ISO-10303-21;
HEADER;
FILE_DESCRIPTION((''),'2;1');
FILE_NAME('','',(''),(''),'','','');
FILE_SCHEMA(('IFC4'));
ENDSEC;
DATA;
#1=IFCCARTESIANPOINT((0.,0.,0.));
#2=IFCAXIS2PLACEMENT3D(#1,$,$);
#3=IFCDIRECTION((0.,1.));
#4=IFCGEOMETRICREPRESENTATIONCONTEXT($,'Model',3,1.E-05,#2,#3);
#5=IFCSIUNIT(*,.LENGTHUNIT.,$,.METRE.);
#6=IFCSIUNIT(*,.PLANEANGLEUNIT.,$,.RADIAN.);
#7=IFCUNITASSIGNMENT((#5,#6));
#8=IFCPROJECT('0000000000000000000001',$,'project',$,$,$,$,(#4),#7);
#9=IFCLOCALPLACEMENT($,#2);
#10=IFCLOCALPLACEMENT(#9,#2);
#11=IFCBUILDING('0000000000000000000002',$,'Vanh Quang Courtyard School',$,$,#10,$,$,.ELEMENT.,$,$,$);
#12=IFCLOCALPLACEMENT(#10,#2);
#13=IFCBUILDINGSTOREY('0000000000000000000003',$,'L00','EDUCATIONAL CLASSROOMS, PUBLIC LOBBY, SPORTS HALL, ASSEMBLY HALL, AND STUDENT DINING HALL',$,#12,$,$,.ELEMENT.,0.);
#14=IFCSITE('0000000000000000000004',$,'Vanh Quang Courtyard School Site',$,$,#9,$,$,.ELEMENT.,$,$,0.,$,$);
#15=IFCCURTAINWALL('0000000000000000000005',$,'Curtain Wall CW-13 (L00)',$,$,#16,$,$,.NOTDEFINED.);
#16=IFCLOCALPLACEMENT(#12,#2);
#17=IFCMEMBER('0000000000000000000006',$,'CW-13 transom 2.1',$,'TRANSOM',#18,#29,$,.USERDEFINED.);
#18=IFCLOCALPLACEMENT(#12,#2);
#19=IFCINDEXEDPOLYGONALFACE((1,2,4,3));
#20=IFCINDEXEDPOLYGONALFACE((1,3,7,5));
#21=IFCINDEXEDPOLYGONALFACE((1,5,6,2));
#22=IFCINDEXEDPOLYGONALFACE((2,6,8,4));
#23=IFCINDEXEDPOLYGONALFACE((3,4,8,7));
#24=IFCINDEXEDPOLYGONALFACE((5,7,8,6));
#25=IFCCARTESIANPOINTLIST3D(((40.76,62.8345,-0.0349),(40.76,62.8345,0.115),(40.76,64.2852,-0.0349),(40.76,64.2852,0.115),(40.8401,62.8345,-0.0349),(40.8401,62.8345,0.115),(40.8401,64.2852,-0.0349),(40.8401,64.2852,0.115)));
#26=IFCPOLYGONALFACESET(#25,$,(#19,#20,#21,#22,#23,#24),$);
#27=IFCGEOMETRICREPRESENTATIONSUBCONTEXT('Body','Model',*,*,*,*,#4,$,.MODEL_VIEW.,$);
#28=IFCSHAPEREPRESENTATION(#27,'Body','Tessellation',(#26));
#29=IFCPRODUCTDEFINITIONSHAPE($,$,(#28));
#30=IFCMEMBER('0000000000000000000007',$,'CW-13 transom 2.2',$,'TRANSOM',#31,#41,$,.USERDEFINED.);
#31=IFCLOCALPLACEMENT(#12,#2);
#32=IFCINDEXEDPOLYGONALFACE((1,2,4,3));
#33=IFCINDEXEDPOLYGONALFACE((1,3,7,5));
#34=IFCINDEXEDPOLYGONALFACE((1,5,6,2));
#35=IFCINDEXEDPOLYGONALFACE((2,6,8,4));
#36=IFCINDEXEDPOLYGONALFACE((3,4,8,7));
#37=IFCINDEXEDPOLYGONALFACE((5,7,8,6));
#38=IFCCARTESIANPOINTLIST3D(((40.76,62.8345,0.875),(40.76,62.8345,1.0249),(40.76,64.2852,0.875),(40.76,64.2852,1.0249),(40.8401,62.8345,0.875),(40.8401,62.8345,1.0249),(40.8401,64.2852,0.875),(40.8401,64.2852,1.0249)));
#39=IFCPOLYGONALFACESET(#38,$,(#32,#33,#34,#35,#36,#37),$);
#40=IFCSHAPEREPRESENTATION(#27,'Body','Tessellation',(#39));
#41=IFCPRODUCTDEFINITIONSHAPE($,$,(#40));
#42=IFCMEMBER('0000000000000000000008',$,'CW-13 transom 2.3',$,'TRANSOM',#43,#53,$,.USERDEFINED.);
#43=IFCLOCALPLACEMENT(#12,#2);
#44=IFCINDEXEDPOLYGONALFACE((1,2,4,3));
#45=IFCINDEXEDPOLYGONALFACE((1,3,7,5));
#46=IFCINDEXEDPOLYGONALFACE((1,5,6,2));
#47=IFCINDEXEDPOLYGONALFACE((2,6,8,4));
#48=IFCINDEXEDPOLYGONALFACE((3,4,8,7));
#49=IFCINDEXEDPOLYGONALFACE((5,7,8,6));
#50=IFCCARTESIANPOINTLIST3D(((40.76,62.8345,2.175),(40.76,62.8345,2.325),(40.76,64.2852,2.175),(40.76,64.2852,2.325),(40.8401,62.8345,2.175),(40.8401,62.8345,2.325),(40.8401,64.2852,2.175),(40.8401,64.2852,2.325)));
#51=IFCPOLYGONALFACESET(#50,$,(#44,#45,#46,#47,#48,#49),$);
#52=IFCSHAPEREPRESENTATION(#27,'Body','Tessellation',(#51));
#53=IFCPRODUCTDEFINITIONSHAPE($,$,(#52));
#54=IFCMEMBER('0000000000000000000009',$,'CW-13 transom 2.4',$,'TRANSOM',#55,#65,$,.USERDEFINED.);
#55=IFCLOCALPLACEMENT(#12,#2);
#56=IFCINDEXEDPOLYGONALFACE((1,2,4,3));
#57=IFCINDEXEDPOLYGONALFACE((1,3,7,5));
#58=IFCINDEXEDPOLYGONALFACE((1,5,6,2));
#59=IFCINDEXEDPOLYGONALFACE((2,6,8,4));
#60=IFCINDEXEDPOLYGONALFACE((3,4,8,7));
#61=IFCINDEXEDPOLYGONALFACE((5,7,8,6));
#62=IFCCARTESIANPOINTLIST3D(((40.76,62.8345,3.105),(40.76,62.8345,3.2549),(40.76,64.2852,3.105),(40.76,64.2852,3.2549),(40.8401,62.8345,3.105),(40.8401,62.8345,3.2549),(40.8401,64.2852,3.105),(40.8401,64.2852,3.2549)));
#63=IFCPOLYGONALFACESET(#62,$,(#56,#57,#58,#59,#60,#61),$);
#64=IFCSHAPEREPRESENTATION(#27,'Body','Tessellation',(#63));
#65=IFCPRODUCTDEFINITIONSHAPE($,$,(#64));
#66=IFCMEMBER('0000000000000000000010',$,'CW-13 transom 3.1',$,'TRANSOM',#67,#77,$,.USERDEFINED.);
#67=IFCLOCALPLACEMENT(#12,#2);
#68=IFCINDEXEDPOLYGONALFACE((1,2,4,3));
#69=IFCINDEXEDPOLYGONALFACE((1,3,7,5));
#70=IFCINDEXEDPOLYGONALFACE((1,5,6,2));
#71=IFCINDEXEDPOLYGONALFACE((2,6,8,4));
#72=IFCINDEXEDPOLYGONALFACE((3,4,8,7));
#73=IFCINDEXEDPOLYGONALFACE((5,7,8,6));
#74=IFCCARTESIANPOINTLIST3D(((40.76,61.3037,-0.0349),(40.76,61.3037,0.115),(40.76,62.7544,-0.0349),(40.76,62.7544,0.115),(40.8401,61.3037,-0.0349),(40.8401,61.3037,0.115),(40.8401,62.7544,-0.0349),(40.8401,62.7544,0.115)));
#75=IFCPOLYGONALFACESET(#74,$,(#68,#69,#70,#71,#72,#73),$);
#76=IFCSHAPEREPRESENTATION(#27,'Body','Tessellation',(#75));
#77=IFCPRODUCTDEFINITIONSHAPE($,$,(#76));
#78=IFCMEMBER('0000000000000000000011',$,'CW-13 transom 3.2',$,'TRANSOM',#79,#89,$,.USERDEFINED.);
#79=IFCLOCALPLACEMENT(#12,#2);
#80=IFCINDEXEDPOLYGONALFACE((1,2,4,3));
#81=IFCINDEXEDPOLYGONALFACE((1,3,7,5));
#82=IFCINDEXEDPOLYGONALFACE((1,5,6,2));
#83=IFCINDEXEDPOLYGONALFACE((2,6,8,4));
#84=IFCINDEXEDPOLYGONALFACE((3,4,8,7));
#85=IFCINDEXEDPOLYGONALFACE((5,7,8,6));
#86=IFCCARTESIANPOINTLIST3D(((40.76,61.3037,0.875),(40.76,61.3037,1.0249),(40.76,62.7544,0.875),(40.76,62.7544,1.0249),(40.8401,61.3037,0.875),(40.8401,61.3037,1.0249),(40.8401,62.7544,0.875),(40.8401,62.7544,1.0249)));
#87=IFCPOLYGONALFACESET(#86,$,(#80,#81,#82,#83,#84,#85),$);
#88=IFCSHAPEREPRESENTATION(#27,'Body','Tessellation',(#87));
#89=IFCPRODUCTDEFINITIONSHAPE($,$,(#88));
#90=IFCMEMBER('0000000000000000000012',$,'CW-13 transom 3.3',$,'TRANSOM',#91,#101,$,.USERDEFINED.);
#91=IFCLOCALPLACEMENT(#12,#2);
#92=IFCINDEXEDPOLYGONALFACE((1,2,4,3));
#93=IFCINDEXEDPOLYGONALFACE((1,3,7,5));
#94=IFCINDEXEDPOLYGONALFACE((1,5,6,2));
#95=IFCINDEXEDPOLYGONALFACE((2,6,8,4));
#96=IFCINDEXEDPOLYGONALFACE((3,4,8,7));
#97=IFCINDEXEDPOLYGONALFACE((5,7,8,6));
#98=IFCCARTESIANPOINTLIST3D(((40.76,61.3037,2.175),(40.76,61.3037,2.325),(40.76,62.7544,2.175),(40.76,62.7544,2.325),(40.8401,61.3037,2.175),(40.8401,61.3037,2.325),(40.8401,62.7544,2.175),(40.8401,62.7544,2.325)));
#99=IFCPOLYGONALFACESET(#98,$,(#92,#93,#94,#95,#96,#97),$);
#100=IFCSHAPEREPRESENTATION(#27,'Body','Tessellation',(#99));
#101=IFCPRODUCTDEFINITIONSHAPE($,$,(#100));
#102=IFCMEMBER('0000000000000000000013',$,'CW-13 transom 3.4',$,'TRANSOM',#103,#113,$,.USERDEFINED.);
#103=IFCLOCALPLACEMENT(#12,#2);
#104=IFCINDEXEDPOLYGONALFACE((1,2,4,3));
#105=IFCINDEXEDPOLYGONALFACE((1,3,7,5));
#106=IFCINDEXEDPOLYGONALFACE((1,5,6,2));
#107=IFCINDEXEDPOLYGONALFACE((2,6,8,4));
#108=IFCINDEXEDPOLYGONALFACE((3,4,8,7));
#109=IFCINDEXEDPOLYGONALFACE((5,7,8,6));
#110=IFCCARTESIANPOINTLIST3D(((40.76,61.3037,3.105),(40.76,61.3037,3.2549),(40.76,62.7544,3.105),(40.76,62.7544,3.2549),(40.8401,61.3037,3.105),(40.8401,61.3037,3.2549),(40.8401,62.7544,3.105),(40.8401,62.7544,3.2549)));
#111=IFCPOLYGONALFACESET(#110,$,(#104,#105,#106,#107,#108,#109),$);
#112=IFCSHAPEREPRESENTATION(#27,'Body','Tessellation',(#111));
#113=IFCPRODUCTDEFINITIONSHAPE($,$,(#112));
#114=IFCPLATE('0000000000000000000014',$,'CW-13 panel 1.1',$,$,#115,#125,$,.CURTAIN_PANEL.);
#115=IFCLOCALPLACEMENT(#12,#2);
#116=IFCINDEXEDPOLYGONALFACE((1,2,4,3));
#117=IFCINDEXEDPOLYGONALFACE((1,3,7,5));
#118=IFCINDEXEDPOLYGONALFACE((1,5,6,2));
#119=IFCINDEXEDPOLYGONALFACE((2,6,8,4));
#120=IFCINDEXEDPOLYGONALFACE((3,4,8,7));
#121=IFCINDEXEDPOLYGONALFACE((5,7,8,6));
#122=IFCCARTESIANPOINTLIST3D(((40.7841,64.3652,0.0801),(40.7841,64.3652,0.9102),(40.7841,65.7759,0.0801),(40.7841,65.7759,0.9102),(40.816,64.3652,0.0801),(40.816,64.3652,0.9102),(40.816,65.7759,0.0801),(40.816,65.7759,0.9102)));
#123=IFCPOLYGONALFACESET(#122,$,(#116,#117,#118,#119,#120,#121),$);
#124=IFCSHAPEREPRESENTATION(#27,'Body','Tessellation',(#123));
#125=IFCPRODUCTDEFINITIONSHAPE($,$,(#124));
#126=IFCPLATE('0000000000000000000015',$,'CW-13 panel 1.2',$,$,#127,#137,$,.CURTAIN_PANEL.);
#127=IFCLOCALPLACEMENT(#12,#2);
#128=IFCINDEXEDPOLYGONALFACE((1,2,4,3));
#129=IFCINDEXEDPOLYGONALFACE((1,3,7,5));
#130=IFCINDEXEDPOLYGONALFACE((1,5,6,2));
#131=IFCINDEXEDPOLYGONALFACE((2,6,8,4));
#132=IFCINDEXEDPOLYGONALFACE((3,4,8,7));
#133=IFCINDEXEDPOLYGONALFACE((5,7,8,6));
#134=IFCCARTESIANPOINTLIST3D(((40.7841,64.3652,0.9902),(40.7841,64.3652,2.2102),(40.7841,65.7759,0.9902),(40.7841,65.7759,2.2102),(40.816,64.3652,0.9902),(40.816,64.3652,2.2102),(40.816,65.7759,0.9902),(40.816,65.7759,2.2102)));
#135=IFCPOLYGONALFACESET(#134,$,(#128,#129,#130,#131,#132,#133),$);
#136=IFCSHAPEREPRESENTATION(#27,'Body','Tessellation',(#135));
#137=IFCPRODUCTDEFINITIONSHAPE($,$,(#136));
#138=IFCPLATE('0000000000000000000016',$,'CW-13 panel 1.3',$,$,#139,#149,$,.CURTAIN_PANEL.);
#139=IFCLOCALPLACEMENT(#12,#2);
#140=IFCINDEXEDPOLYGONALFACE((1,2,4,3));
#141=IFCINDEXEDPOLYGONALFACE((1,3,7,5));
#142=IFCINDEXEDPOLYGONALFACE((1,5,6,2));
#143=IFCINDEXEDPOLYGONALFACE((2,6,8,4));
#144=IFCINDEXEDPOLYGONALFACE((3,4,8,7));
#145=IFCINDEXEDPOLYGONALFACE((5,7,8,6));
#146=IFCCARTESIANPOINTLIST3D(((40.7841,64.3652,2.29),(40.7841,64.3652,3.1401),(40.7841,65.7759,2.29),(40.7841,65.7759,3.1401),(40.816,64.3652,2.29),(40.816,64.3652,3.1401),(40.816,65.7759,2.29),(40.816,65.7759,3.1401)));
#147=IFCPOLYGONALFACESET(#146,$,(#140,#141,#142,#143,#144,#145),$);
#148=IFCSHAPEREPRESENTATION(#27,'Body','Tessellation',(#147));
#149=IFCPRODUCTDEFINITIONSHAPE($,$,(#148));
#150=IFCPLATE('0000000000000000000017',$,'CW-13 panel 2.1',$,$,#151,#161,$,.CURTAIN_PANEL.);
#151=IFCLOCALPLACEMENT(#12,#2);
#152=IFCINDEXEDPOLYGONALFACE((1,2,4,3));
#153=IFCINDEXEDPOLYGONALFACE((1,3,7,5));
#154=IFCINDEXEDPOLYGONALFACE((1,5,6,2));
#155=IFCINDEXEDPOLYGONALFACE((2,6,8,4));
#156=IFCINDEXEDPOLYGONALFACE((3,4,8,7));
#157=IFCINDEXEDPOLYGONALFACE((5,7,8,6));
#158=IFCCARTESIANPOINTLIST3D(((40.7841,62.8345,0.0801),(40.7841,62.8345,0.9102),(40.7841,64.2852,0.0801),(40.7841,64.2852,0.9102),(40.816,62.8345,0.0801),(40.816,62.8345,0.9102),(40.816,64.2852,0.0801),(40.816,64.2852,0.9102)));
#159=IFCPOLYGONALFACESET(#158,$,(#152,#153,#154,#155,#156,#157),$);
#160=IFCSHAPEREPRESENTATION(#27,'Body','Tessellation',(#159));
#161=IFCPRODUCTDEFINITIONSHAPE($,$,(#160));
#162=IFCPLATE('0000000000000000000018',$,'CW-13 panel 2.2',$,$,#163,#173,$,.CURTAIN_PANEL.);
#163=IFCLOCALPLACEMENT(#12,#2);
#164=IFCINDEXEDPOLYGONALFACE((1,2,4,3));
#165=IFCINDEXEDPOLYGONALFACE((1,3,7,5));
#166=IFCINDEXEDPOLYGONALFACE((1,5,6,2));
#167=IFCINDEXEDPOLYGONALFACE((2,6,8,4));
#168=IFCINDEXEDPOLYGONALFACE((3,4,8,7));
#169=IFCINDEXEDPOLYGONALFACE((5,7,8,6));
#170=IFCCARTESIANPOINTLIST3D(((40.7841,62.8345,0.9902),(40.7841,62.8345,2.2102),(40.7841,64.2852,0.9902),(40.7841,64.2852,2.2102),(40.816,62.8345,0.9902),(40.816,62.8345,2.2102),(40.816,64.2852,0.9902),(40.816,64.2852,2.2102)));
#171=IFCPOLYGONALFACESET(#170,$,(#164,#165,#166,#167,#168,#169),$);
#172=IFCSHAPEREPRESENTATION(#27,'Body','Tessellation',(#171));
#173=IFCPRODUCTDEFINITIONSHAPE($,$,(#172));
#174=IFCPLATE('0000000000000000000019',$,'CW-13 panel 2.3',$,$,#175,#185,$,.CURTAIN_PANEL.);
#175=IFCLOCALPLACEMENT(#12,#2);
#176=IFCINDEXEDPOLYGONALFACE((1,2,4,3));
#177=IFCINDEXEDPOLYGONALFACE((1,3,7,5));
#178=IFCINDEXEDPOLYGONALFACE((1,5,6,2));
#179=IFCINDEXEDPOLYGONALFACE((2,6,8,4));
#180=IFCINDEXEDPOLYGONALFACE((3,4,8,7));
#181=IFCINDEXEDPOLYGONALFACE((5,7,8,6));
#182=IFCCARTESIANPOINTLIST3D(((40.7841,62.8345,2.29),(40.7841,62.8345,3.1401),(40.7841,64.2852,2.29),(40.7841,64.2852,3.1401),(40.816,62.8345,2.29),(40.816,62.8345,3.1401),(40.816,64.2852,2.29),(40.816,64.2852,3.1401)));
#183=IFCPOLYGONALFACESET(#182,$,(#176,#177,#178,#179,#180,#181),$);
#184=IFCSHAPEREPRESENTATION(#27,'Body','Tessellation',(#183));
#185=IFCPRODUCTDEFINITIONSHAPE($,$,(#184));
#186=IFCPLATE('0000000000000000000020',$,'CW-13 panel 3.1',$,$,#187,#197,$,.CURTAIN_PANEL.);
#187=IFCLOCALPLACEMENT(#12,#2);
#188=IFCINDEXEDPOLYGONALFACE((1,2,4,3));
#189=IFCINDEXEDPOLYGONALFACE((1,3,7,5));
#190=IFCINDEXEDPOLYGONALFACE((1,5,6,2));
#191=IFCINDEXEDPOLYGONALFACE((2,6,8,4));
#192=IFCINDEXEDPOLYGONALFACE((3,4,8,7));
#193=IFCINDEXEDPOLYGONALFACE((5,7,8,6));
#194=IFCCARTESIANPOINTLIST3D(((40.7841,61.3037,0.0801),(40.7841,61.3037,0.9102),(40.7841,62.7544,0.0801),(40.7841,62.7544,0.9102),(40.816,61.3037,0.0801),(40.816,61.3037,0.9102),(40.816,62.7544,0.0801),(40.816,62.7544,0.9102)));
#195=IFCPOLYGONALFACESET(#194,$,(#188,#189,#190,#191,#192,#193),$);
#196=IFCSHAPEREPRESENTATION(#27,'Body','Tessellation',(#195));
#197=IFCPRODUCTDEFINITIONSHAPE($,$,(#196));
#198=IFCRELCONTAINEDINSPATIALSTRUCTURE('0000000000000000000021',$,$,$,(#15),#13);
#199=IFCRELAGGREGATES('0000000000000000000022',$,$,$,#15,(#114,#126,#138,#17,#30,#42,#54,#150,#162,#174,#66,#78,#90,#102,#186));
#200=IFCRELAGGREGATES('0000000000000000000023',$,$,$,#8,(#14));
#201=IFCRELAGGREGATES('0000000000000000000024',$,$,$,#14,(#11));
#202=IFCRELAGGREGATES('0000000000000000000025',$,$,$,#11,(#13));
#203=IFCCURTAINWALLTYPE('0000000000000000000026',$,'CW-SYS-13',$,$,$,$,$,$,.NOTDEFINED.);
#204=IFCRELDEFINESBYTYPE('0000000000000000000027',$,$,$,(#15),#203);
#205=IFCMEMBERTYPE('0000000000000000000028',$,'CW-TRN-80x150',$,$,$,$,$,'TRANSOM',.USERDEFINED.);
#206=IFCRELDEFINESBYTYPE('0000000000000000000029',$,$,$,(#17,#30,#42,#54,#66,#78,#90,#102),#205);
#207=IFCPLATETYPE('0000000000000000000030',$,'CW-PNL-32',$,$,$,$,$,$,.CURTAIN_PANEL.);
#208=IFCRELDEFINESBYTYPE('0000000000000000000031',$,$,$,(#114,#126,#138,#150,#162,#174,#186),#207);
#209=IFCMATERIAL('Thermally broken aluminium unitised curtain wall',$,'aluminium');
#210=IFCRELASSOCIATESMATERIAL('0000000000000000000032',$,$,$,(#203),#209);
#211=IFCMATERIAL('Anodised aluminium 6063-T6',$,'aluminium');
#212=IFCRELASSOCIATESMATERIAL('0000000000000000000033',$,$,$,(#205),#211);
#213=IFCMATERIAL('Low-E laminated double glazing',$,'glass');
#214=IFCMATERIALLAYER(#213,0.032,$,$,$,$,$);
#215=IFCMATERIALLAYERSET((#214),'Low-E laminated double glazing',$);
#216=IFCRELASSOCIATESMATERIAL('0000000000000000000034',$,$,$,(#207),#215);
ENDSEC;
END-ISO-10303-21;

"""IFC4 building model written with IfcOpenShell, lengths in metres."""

from ifc_helpers import new_model, si_unit, direction, frame, origin, origin_2d, place, context, subcontext, project, spatial, rectangle, extrude, material, layer, layer_set, material_profile, profile_set, type_object, element, aggregate, save


model = new_model("IFC4")

# Units and contexts
model_context = context("Model", 3, precision=1e-05, world=origin(), true_north=direction((0.0, 1.0)))
body_context = subcontext(model_context, "Body", "Model", "MODEL_VIEW")
ifc_project = project(units=[si_unit("LENGTHUNIT", "METRE"), si_unit("PLANEANGLEUNIT", "RADIAN")], contexts=[model_context])

# Site, building, storey
site_placement = place(None, origin())
site = spatial("IfcSite", under=ifc_project, at=site_placement, Name="Vanh Quang Courtyard School Site", CompositionType="ELEMENT", RefElevation=0.0)
building_placement = place(site_placement, origin())
building = spatial("IfcBuilding", under=site, at=building_placement, Name="Vanh Quang Courtyard School", CompositionType="ELEMENT")
storey_placement = place(building_placement, origin())
storey = spatial("IfcBuildingStorey", under=building, at=storey_placement, Name="L00", Description="EDUCATIONAL CLASSROOMS, PUBLIC LOBBY, SPORTS HALL, ASSEMBLY HALL, AND STUDENT DINING HALL", CompositionType="ELEMENT", Elevation=0.0)

# Curtain wall, members, plates
ifc_material_1 = material(Name="Thermally broken aluminium unitised curtain wall", Category="aluminium")
curtain_wall_type = type_object("IfcCurtainWallType", Name="CW-SYS-13", PredefinedType="NOTDEFINED", material=ifc_material_1)
curtain_wall_placement = place(storey_placement, origin())
curtain_wall = element("IfcCurtainWall", 1, at=curtain_wall_placement, inside=storey, type_object=curtain_wall_type, Name="Curtain Wall CW-13 (L00)", PredefinedType="NOTDEFINED")
ifc_material_2 = material(Name="Anodised aluminium 6063-T6", Category="aluminium")
ifc_material_profile_1 = material_profile(ifc_material_2, rectangle(XDim=0.0801, YDim=0.1499, at=origin_2d()), Name="ALU-TRN 80x150")
ifc_profile_set_1 = profile_set([ifc_material_profile_1], Name="Anodised aluminium 6063-T6")
member_type_1 = type_object("IfcMemberType", Name="CW-TRN-80x150", ElementType="TRANSOM", PredefinedType="USERDEFINED", material=ifc_profile_set_1)
member_1_placement = place(storey_placement, frame((40.8, 64.2852, 0.04), z_axis=(0.0, -1.0, 0.0), x_axis=(1.0, 0.0, 0.0)))
member_1 = element("IfcMember", 2, at=member_1_placement, type_object=member_type_1, Name="CW-13 transom 2.1", ObjectType="TRANSOM", PredefinedType="USERDEFINED", context=body_context, shape_type="SweptSolid", body=[
    extrude(rectangle(XDim=0.0801, YDim=0.1499, at=origin_2d()), origin(), (0.0, 0.0, 1.0), 1.4507),
])
member_2_placement = place(storey_placement, frame((40.8, 64.2852, 0.95), z_axis=(0.0, -1.0, 0.0), x_axis=(1.0, 0.0, 0.0)))
member_2 = element("IfcMember", 3, at=member_2_placement, type_object=member_type_1, Name="CW-13 transom 2.2", ObjectType="TRANSOM", PredefinedType="USERDEFINED", context=body_context, shape_type="SweptSolid", body=[
    extrude(rectangle(XDim=0.0801, YDim=0.1499, at=origin_2d()), origin(), (0.0, 0.0, 1.0), 1.4507),
])
member_3_placement = place(storey_placement, frame((40.8, 64.2852, 2.25), z_axis=(0.0, -1.0, 0.0), x_axis=(1.0, 0.0, 0.0)))
member_3 = element("IfcMember", 4, at=member_3_placement, type_object=member_type_1, Name="CW-13 transom 2.3", ObjectType="TRANSOM", PredefinedType="USERDEFINED", context=body_context, shape_type="SweptSolid", body=[
    extrude(rectangle(XDim=0.0801, YDim=0.1499, at=origin_2d()), origin(), (0.0, 0.0, 1.0), 1.4507),
])
member_4_placement = place(storey_placement, frame((40.8, 64.2852, 3.1799), z_axis=(0.0, -1.0, 0.0), x_axis=(1.0, 0.0, 0.0)))
member_4 = element("IfcMember", 5, at=member_4_placement, type_object=member_type_1, Name="CW-13 transom 2.4", ObjectType="TRANSOM", PredefinedType="USERDEFINED", context=body_context, shape_type="SweptSolid", body=[
    extrude(rectangle(XDim=0.0801, YDim=0.1499, at=origin_2d()), origin(), (0.0, 0.0, 1.0), 1.4507),
])
member_5_placement = place(storey_placement, frame((40.8, 62.7544, 0.04), z_axis=(0.0, -1.0, 0.0), x_axis=(1.0, 0.0, 0.0)))
member_5 = element("IfcMember", 6, at=member_5_placement, type_object=member_type_1, Name="CW-13 transom 3.1", ObjectType="TRANSOM", PredefinedType="USERDEFINED", context=body_context, shape_type="SweptSolid", body=[
    extrude(rectangle(XDim=0.0801, YDim=0.1499, at=origin_2d()), origin(), (0.0, 0.0, 1.0), 1.4507),
])
member_6_placement = place(storey_placement, frame((40.8, 62.7544, 0.95), z_axis=(0.0, -1.0, 0.0), x_axis=(1.0, 0.0, 0.0)))
member_6 = element("IfcMember", 7, at=member_6_placement, type_object=member_type_1, Name="CW-13 transom 3.2", ObjectType="TRANSOM", PredefinedType="USERDEFINED", context=body_context, shape_type="SweptSolid", body=[
    extrude(rectangle(XDim=0.0801, YDim=0.1499, at=origin_2d()), origin(), (0.0, 0.0, 1.0), 1.4507),
])
member_7_placement = place(storey_placement, frame((40.8, 62.7544, 2.25), z_axis=(0.0, -1.0, 0.0), x_axis=(1.0, 0.0, 0.0)))
member_7 = element("IfcMember", 8, at=member_7_placement, type_object=member_type_1, Name="CW-13 transom 3.3", ObjectType="TRANSOM", PredefinedType="USERDEFINED", context=body_context, shape_type="SweptSolid", body=[
    extrude(rectangle(XDim=0.0801, YDim=0.1499, at=origin_2d()), origin(), (0.0, 0.0, 1.0), 1.4507),
])
member_8_placement = place(storey_placement, frame((40.8, 62.7544, 3.1799), z_axis=(0.0, -1.0, 0.0), x_axis=(1.0, 0.0, 0.0)))
member_8 = element("IfcMember", 9, at=member_8_placement, type_object=member_type_1, Name="CW-13 transom 3.4", ObjectType="TRANSOM", PredefinedType="USERDEFINED", context=body_context, shape_type="SweptSolid", body=[
    extrude(rectangle(XDim=0.0801, YDim=0.1499, at=origin_2d()), origin(), (0.0, 0.0, 1.0), 1.4507),
])
ifc_material_3 = material(Name="Low-E laminated double glazing", Category="glass")
ifc_layer_1 = layer(ifc_material_3, 0.032)
ifc_layer_set_1 = layer_set([ifc_layer_1], Name="Low-E laminated double glazing")
plate_type = type_object("IfcPlateType", Name="CW-PNL-32", PredefinedType="CURTAIN_PANEL", material=ifc_layer_set_1)
plate_1_placement = place(storey_placement, frame((40.8, 65.0706, 0.0801), z_axis=(0.0, 0.0, 1.0), x_axis=(0.0, -1.0, 0.0)))
plate_1 = element("IfcPlate", 10, at=plate_1_placement, type_object=plate_type, Name="CW-13 panel 1.1", PredefinedType="CURTAIN_PANEL", context=body_context, shape_type="SweptSolid", body=[
    extrude(rectangle(XDim=1.4106, YDim=0.032, at=origin_2d()), origin(), (0.0, 0.0, 1.0), 0.8301),
])
plate_2_placement = place(storey_placement, frame((40.8, 65.0706, 0.9902), z_axis=(0.0, 0.0, 1.0), x_axis=(0.0, -1.0, 0.0)))
plate_2 = element("IfcPlate", 11, at=plate_2_placement, type_object=plate_type, Name="CW-13 panel 1.2", PredefinedType="CURTAIN_PANEL", context=body_context, shape_type="SweptSolid", body=[
    extrude(rectangle(XDim=1.4106, YDim=0.032, at=origin_2d()), origin(), (0.0, 0.0, 1.0), 1.22),
])
plate_3_placement = place(storey_placement, frame((40.8, 65.0706, 2.29), z_axis=(0.0, 0.0, 1.0), x_axis=(0.0, -1.0, 0.0)))
plate_3 = element("IfcPlate", 12, at=plate_3_placement, type_object=plate_type, Name="CW-13 panel 1.3", PredefinedType="CURTAIN_PANEL", context=body_context, shape_type="SweptSolid", body=[
    extrude(rectangle(XDim=1.4106, YDim=0.032, at=origin_2d()), origin(), (0.0, 0.0, 1.0), 0.8501),
])
plate_4_placement = place(storey_placement, frame((40.8, 63.5598, 0.0801), z_axis=(0.0, 0.0, 1.0), x_axis=(0.0, -1.0, 0.0)))
plate_4 = element("IfcPlate", 13, at=plate_4_placement, type_object=plate_type, Name="CW-13 panel 2.1", PredefinedType="CURTAIN_PANEL", context=body_context, shape_type="SweptSolid", body=[
    extrude(rectangle(XDim=1.4507, YDim=0.032, at=origin_2d()), origin(), (0.0, 0.0, 1.0), 0.8301),
])
plate_5_placement = place(storey_placement, frame((40.8, 63.5598, 0.9902), z_axis=(0.0, 0.0, 1.0), x_axis=(0.0, -1.0, 0.0)))
plate_5 = element("IfcPlate", 14, at=plate_5_placement, type_object=plate_type, Name="CW-13 panel 2.2", PredefinedType="CURTAIN_PANEL", context=body_context, shape_type="SweptSolid", body=[
    extrude(rectangle(XDim=1.4507, YDim=0.032, at=origin_2d()), origin(), (0.0, 0.0, 1.0), 1.22),
])
plate_6_placement = place(storey_placement, frame((40.8, 63.5598, 2.29), z_axis=(0.0, 0.0, 1.0), x_axis=(0.0, -1.0, 0.0)))
plate_6 = element("IfcPlate", 15, at=plate_6_placement, type_object=plate_type, Name="CW-13 panel 2.3", PredefinedType="CURTAIN_PANEL", context=body_context, shape_type="SweptSolid", body=[
    extrude(rectangle(XDim=1.4507, YDim=0.032, at=origin_2d()), origin(), (0.0, 0.0, 1.0), 0.8501),
])
plate_7_placement = place(storey_placement, frame((40.8, 62.0291, 0.0801), z_axis=(0.0, 0.0, 1.0), x_axis=(0.0, -1.0, 0.0)))
plate_7 = element("IfcPlate", 16, at=plate_7_placement, type_object=plate_type, Name="CW-13 panel 3.1", PredefinedType="CURTAIN_PANEL", context=body_context, shape_type="SweptSolid", body=[
    extrude(rectangle(XDim=1.4507, YDim=0.032, at=origin_2d()), origin(), (0.0, 0.0, 1.0), 0.8301),
])
aggregate(curtain_wall, [plate_1, plate_2, plate_3, member_1, member_2, member_3, member_4, plate_4, plate_5, plate_6, member_5, member_6, member_7, member_8, plate_7])

save(model, "model.ifc")
